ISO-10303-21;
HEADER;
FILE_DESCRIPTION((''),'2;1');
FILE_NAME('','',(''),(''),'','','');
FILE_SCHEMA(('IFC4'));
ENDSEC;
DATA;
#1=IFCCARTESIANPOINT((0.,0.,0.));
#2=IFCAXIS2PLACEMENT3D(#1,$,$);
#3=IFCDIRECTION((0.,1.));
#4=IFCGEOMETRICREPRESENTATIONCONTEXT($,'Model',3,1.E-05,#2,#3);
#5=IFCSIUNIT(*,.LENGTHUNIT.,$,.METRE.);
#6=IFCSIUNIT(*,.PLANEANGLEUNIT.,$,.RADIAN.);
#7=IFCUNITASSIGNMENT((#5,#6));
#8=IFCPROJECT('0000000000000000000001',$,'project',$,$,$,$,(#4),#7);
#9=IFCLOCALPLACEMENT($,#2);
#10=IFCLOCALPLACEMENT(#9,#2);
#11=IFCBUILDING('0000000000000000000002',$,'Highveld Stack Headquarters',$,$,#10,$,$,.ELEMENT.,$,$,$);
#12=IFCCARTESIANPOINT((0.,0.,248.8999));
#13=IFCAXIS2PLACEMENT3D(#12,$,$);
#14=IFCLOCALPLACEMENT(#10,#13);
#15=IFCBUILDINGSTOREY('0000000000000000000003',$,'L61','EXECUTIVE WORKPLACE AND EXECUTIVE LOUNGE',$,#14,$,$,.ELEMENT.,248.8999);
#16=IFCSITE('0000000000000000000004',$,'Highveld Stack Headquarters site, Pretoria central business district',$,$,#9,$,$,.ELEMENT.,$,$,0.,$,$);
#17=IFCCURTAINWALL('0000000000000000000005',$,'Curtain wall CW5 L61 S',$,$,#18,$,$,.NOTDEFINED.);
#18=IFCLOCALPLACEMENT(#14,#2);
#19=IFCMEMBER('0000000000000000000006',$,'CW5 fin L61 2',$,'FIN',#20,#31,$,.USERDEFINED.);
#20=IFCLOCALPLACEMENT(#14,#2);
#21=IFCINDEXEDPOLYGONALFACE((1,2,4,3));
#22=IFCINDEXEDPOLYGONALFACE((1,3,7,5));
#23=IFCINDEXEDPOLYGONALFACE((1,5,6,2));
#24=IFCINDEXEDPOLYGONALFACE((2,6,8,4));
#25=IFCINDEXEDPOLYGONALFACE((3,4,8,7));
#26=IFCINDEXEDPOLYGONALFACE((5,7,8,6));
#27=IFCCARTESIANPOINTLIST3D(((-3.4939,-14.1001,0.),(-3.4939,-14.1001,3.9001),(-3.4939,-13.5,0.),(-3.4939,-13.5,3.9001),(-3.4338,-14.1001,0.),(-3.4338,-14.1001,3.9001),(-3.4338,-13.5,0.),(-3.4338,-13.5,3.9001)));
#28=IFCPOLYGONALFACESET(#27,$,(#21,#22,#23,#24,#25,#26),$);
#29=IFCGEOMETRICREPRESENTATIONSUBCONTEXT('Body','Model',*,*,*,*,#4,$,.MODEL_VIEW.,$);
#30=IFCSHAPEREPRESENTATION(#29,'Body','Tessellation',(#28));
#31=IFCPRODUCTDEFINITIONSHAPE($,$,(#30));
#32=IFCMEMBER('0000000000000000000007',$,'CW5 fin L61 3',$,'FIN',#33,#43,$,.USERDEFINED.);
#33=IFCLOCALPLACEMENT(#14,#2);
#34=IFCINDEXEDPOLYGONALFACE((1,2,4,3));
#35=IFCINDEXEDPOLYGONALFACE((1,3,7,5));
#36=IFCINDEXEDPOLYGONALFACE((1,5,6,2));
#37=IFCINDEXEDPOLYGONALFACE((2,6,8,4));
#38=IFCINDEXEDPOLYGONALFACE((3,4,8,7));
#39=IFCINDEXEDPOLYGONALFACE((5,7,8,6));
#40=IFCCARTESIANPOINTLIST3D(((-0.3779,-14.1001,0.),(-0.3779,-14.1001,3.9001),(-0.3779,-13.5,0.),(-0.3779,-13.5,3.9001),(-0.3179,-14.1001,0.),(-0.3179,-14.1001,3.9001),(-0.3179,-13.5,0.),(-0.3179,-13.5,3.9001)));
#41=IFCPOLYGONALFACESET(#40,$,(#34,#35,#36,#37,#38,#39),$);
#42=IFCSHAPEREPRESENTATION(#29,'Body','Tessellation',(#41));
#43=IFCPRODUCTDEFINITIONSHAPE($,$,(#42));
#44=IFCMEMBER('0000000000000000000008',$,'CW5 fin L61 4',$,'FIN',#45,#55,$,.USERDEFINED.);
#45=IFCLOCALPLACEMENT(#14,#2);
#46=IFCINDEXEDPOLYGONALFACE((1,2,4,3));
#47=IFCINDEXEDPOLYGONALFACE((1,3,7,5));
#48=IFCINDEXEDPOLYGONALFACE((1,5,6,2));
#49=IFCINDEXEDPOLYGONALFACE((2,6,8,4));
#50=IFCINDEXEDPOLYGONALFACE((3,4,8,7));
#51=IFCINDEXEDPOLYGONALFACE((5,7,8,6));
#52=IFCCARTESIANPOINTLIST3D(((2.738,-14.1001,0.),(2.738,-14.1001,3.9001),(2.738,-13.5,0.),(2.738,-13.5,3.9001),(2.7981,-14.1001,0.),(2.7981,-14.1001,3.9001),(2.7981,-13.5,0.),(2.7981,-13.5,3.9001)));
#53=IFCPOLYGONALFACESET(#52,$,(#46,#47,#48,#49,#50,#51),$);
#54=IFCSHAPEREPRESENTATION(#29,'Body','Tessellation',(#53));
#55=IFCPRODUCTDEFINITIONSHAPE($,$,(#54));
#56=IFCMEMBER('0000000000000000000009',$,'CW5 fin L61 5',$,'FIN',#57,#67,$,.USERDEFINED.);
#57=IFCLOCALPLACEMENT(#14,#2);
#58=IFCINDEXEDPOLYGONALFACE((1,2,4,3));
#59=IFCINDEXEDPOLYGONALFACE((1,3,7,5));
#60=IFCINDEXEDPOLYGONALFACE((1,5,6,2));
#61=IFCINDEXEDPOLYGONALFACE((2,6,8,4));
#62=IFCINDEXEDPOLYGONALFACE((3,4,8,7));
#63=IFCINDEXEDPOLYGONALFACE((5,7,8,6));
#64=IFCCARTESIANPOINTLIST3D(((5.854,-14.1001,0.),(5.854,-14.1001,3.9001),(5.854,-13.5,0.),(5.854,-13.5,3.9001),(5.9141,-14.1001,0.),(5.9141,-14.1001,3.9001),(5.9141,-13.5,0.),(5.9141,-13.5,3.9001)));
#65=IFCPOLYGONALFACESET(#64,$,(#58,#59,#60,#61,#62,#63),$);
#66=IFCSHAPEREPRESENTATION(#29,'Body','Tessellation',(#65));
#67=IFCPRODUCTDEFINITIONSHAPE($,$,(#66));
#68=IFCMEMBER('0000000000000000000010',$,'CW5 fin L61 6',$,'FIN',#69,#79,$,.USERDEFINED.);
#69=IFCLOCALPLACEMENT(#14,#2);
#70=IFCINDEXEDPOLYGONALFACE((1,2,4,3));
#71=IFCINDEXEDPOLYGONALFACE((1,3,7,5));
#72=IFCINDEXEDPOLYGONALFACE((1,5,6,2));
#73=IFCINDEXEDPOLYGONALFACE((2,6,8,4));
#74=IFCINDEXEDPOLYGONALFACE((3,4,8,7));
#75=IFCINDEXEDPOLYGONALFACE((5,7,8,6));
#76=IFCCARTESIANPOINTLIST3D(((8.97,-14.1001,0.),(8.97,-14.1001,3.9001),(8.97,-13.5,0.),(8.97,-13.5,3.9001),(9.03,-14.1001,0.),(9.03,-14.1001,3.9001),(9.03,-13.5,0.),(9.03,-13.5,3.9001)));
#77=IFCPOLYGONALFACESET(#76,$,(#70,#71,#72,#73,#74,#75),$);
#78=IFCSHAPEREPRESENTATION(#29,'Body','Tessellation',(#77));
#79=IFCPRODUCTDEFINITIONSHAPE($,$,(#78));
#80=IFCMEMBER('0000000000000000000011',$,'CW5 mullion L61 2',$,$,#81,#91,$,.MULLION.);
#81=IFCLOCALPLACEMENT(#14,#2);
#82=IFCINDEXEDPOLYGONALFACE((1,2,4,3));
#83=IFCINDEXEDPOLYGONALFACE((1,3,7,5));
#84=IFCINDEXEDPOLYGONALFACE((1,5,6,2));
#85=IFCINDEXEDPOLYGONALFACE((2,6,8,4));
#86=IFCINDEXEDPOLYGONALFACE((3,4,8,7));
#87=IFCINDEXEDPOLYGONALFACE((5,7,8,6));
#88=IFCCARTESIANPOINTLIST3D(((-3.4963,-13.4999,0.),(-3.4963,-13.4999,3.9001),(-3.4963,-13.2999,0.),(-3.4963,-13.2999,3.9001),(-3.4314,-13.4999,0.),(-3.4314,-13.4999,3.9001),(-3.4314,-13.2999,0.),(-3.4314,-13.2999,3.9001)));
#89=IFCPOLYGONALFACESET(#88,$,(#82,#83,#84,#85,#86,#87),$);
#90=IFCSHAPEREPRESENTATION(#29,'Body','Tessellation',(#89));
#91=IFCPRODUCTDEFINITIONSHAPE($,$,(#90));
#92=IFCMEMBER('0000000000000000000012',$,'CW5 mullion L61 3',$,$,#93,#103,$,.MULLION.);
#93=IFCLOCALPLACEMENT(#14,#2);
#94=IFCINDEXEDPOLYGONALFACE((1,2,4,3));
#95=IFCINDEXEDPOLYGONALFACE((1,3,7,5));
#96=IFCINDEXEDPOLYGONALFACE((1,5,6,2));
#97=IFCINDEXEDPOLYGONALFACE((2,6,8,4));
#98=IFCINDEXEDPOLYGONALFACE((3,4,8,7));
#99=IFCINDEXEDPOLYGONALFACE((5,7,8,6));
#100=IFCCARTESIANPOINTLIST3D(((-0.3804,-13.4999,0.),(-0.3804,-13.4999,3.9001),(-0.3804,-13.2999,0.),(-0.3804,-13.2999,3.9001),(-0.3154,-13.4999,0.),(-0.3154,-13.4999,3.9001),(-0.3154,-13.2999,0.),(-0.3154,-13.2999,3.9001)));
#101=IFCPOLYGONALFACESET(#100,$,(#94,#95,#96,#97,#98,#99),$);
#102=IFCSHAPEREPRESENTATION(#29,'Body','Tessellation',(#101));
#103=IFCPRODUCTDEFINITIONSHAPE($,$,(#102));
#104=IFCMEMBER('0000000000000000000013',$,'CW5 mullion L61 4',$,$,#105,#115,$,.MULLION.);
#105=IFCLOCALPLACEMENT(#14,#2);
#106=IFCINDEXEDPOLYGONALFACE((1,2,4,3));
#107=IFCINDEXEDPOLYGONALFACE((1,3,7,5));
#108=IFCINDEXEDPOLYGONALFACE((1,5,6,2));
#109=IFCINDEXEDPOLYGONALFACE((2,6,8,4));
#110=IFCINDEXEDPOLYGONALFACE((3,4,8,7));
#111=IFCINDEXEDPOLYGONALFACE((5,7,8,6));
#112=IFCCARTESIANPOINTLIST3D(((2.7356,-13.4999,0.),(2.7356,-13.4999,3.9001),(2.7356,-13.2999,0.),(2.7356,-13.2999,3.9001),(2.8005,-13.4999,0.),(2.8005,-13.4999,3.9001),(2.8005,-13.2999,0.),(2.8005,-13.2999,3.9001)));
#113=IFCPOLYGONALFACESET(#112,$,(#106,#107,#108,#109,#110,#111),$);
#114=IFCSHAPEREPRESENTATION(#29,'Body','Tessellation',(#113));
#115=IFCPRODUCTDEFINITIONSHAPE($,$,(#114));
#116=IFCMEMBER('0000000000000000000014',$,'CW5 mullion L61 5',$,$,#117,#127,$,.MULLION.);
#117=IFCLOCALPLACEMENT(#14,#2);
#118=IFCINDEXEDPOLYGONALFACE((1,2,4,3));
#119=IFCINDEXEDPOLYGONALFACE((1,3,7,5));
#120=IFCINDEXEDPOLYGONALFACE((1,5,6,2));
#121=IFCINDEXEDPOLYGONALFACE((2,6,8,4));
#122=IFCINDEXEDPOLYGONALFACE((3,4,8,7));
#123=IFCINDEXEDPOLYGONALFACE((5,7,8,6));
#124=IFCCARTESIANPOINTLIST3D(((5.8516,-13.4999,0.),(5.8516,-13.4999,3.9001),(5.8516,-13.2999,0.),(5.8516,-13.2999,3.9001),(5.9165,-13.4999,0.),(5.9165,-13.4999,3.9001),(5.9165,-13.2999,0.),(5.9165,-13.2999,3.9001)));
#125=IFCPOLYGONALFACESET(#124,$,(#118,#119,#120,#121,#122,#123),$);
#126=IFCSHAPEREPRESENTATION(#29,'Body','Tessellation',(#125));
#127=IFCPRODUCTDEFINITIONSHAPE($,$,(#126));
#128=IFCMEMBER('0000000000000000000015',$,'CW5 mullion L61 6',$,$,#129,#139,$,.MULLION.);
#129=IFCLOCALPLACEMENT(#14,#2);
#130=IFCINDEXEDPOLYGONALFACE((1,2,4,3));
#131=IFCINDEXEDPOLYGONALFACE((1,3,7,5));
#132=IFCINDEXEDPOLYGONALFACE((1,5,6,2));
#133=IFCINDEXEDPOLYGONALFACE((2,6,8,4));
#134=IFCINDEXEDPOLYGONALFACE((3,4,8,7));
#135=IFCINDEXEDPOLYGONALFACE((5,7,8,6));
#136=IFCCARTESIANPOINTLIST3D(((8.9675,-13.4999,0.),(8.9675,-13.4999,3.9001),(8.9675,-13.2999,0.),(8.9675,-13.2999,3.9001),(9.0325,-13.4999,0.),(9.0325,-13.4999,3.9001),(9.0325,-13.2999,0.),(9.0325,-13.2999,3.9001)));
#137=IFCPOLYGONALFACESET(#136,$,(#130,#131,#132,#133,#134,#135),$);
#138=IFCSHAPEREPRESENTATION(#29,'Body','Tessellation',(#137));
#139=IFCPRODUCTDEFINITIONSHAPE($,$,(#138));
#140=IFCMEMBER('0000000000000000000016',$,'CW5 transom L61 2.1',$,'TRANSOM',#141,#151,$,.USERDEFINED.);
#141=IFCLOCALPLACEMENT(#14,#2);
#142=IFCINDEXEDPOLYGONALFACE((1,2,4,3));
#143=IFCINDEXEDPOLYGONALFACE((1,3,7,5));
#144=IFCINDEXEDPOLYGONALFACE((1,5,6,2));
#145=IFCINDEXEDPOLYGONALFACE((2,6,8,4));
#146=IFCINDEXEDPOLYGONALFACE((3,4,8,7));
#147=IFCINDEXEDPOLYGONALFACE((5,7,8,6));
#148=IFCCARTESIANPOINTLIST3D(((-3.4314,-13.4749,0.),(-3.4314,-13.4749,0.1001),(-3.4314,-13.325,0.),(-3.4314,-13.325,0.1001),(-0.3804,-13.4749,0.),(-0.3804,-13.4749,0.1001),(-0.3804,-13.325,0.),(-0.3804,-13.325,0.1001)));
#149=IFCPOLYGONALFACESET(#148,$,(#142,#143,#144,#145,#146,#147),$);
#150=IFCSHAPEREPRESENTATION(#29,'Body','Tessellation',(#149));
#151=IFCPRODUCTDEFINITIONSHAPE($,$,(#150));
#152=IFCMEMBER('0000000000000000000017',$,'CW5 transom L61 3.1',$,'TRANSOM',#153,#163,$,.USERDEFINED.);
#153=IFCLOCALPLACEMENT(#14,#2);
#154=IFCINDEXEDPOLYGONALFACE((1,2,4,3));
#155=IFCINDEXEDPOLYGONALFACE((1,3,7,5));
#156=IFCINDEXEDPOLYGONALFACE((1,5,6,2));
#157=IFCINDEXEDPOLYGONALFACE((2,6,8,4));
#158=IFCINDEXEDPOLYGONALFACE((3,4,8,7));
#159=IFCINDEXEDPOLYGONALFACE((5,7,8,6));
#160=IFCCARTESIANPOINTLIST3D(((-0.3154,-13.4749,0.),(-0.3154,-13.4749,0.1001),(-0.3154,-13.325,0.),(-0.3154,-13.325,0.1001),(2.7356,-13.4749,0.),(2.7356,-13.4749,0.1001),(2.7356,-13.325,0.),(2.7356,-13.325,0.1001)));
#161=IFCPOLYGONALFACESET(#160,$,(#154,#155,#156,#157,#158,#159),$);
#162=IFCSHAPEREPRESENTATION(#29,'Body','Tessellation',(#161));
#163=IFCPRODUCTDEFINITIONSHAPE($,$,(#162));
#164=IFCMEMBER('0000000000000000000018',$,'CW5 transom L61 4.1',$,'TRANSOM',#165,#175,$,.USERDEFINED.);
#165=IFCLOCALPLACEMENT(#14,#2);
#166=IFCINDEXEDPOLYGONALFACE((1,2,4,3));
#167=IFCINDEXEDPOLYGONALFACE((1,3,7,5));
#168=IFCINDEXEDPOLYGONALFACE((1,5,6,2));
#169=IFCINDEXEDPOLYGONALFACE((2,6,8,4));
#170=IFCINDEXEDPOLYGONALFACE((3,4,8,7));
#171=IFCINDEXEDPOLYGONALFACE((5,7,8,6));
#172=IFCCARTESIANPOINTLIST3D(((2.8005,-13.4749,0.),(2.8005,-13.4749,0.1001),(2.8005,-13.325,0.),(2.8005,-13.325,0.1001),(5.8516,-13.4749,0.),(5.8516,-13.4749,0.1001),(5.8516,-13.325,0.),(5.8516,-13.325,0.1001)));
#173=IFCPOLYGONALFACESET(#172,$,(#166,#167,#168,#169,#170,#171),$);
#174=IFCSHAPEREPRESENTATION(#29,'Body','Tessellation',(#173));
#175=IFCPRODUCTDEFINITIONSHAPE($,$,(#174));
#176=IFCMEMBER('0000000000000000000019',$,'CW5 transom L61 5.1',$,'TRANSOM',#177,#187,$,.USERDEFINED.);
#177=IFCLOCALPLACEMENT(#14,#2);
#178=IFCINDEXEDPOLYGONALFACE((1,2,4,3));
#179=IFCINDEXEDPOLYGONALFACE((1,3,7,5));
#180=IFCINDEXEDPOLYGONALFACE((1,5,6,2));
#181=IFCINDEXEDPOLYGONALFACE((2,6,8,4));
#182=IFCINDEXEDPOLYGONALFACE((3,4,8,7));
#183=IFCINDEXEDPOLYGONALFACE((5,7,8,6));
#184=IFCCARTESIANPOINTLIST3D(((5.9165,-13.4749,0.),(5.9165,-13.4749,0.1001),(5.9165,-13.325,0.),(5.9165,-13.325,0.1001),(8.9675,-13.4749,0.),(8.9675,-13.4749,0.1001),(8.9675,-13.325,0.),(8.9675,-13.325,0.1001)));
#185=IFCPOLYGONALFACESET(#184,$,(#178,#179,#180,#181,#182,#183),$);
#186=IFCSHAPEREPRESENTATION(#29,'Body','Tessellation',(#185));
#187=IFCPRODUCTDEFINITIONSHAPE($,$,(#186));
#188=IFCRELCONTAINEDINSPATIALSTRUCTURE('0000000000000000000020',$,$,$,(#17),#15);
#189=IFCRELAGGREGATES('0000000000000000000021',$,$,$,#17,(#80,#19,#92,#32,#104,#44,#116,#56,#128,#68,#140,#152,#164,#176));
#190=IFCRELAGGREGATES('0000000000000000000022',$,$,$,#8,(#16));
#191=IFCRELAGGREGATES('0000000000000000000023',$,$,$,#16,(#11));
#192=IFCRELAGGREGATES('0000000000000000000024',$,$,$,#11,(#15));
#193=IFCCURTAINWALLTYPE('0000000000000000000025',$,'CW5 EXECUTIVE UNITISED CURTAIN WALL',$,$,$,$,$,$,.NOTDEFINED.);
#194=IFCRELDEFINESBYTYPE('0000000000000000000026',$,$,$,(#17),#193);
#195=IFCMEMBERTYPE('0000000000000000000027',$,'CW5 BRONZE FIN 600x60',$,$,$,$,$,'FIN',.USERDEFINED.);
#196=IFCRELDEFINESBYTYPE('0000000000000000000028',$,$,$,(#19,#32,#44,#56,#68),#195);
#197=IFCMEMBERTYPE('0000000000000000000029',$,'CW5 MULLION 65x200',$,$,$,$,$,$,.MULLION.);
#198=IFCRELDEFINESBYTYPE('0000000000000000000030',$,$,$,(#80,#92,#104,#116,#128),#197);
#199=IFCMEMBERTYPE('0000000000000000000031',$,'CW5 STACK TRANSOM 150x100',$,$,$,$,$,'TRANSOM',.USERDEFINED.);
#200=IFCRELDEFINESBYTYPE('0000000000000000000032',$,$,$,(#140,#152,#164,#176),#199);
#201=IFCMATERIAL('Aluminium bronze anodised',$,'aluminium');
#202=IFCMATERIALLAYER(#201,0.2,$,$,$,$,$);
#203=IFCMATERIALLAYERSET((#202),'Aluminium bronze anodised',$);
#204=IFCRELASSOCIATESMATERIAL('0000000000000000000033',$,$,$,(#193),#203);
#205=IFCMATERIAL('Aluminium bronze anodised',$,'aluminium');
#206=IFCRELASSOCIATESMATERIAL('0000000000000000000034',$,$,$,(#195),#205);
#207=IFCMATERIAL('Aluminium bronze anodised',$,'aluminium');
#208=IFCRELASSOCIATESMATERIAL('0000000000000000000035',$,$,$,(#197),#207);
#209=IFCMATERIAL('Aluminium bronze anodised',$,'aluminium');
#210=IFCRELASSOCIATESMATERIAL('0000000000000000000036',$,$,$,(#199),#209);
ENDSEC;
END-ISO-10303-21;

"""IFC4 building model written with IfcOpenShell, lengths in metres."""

from ifc_helpers import new_model, si_unit, direction, frame, origin, origin_2d, place, context, subcontext, project, spatial, rectangle, extrude, material, layer, layer_set, material_profile, profile_set, type_object, element, aggregate, save


model = new_model("IFC4")

# Units and contexts
model_context = context("Model", 3, precision=1e-05, world=origin(), true_north=direction((0.0, 1.0)))
body_context = subcontext(model_context, "Body", "Model", "MODEL_VIEW")
ifc_project = project(units=[si_unit("LENGTHUNIT", "METRE"), si_unit("PLANEANGLEUNIT", "RADIAN")], contexts=[model_context])

# Site, building, storey
site_placement = place(None, origin())
site = spatial("IfcSite", under=ifc_project, at=site_placement, Name="Highveld Stack Headquarters site, Pretoria central business district", CompositionType="ELEMENT", RefElevation=0.0)
building_placement = place(site_placement, origin())
building = spatial("IfcBuilding", under=site, at=building_placement, Name="Highveld Stack Headquarters", CompositionType="ELEMENT")
storey_placement = place(building_placement, frame((0.0, 0.0, 248.8999)))
storey = spatial("IfcBuildingStorey", under=building, at=storey_placement, Name="L61", Description="EXECUTIVE WORKPLACE AND EXECUTIVE LOUNGE", CompositionType="ELEMENT", Elevation=248.8999)

# Curtain wall, members
ifc_material_1 = material(Name="Aluminium bronze anodised", Category="aluminium")
ifc_layer_1 = layer(ifc_material_1, 0.2)
ifc_layer_set_1 = layer_set([ifc_layer_1], Name="Aluminium bronze anodised")
curtain_wall_type = type_object("IfcCurtainWallType", Name="CW5 EXECUTIVE UNITISED CURTAIN WALL", PredefinedType="NOTDEFINED", material=ifc_layer_set_1)
curtain_wall_placement = place(storey_placement, origin())
curtain_wall = element("IfcCurtainWall", 1, at=curtain_wall_placement, inside=storey, type_object=curtain_wall_type, Name="Curtain wall CW5 L61 S", PredefinedType="NOTDEFINED")
ifc_material_2 = material(Name="Aluminium bronze anodised", Category="aluminium")
ifc_material_profile_1 = material_profile(ifc_material_2, rectangle(XDim=0.6001, YDim=0.0601, at=origin_2d()), Name="FIN 600x60")
ifc_profile_set_1 = profile_set([ifc_material_profile_1], Name="Aluminium bronze anodised")
member_type_1 = type_object("IfcMemberType", Name="CW5 BRONZE FIN 600x60", ElementType="FIN", PredefinedType="USERDEFINED", material=ifc_profile_set_1)
member_1_placement = place(storey_placement, frame((-3.4639, -13.8, 0.0), z_axis=(0.0, 0.0, 1.0), x_axis=(0.0, 1.0, 0.0)))
member_1 = element("IfcMember", 2, at=member_1_placement, type_object=member_type_1, Name="CW5 fin L61 2", ObjectType="FIN", PredefinedType="USERDEFINED", context=body_context, shape_type="SweptSolid", body=[
    extrude(rectangle(XDim=0.6001, YDim=0.0601, at=origin_2d()), origin(), (0.0, 0.0, 1.0), 3.9001),
])
member_2_placement = place(storey_placement, frame((-0.3479, -13.8, 0.0), z_axis=(0.0, 0.0, 1.0), x_axis=(0.0, 1.0, 0.0)))
member_2 = element("IfcMember", 3, at=member_2_placement, type_object=member_type_1, Name="CW5 fin L61 3", ObjectType="FIN", PredefinedType="USERDEFINED", context=body_context, shape_type="SweptSolid", body=[
    extrude(rectangle(XDim=0.6001, YDim=0.0601, at=origin_2d()), origin(), (0.0, 0.0, 1.0), 3.9001),
])
member_3_placement = place(storey_placement, frame((2.7681, -13.8, 0.0), z_axis=(0.0, 0.0, 1.0), x_axis=(0.0, 1.0, 0.0)))
member_3 = element("IfcMember", 4, at=member_3_placement, type_object=member_type_1, Name="CW5 fin L61 4", ObjectType="FIN", PredefinedType="USERDEFINED", context=body_context, shape_type="SweptSolid", body=[
    extrude(rectangle(XDim=0.6001, YDim=0.0601, at=origin_2d()), origin(), (0.0, 0.0, 1.0), 3.9001),
])
member_4_placement = place(storey_placement, frame((5.884, -13.8, 0.0), z_axis=(0.0, 0.0, 1.0), x_axis=(0.0, 1.0, 0.0)))
member_4 = element("IfcMember", 5, at=member_4_placement, type_object=member_type_1, Name="CW5 fin L61 5", ObjectType="FIN", PredefinedType="USERDEFINED", context=body_context, shape_type="SweptSolid", body=[
    extrude(rectangle(XDim=0.6001, YDim=0.0601, at=origin_2d()), origin(), (0.0, 0.0, 1.0), 3.9001),
])
member_5_placement = place(storey_placement, frame((9.0, -13.8, 0.0), z_axis=(0.0, 0.0, 1.0), x_axis=(0.0, 1.0, 0.0)))
member_5 = element("IfcMember", 6, at=member_5_placement, type_object=member_type_1, Name="CW5 fin L61 6", ObjectType="FIN", PredefinedType="USERDEFINED", context=body_context, shape_type="SweptSolid", body=[
    extrude(rectangle(XDim=0.6001, YDim=0.0601, at=origin_2d()), origin(), (0.0, 0.0, 1.0), 3.9001),
])
ifc_material_3 = material(Name="Aluminium bronze anodised", Category="aluminium")
ifc_material_profile_2 = material_profile(ifc_material_3, rectangle(XDim=0.2, YDim=0.0649, at=origin_2d()), Name="CW5 MULLION 65x200")
ifc_profile_set_2 = profile_set([ifc_material_profile_2], Name="Aluminium bronze anodised")
member_type_2 = type_object("IfcMemberType", Name="CW5 MULLION 65x200", PredefinedType="MULLION", material=ifc_profile_set_2)
member_6_placement = place(storey_placement, frame((-3.4639, -13.3999, 0.0), z_axis=(0.0, 0.0, 1.0), x_axis=(0.0, 1.0, 0.0)))
member_6 = element("IfcMember", 7, at=member_6_placement, type_object=member_type_2, Name="CW5 mullion L61 2", PredefinedType="MULLION", context=body_context, shape_type="SweptSolid", body=[
    extrude(rectangle(XDim=0.2, YDim=0.0649, at=origin_2d()), origin(), (0.0, 0.0, 1.0), 3.9001),
])
member_7_placement = place(storey_placement, frame((-0.3479, -13.3999, 0.0), z_axis=(0.0, 0.0, 1.0), x_axis=(0.0, 1.0, 0.0)))
member_7 = element("IfcMember", 8, at=member_7_placement, type_object=member_type_2, Name="CW5 mullion L61 3", PredefinedType="MULLION", context=body_context, shape_type="SweptSolid", body=[
    extrude(rectangle(XDim=0.2, YDim=0.0649, at=origin_2d()), origin(), (0.0, 0.0, 1.0), 3.9001),
])
member_8_placement = place(storey_placement, frame((2.7681, -13.3999, 0.0), z_axis=(0.0, 0.0, 1.0), x_axis=(0.0, 1.0, 0.0)))
member_8 = element("IfcMember", 9, at=member_8_placement, type_object=member_type_2, Name="CW5 mullion L61 4", PredefinedType="MULLION", context=body_context, shape_type="SweptSolid", body=[
    extrude(rectangle(XDim=0.2, YDim=0.0649, at=origin_2d()), origin(), (0.0, 0.0, 1.0), 3.9001),
])
member_9_placement = place(storey_placement, frame((5.884, -13.3999, 0.0), z_axis=(0.0, 0.0, 1.0), x_axis=(0.0, 1.0, 0.0)))
member_9 = element("IfcMember", 10, at=member_9_placement, type_object=member_type_2, Name="CW5 mullion L61 5", PredefinedType="MULLION", context=body_context, shape_type="SweptSolid", body=[
    extrude(rectangle(XDim=0.2, YDim=0.0649, at=origin_2d()), origin(), (0.0, 0.0, 1.0), 3.9001),
])
member_10_placement = place(storey_placement, frame((9.0, -13.3999, 0.0), z_axis=(0.0, 0.0, 1.0), x_axis=(0.0, 1.0, 0.0)))
member_10 = element("IfcMember", 11, at=member_10_placement, type_object=member_type_2, Name="CW5 mullion L61 6", PredefinedType="MULLION", context=body_context, shape_type="SweptSolid", body=[
    extrude(rectangle(XDim=0.2, YDim=0.0649, at=origin_2d()), origin(), (0.0, 0.0, 1.0), 3.9001),
])
ifc_material_4 = material(Name="Aluminium bronze anodised", Category="aluminium")
ifc_material_profile_3 = material_profile(ifc_material_4, rectangle(XDim=0.1499, YDim=0.1001, at=origin_2d()), Name="CW5 TRANSOM 150x100")
ifc_profile_set_3 = profile_set([ifc_material_profile_3], Name="Aluminium bronze anodised")
member_type_3 = type_object("IfcMemberType", Name="CW5 STACK TRANSOM 150x100", ElementType="TRANSOM", PredefinedType="USERDEFINED", material=ifc_profile_set_3)
member_11_placement = place(storey_placement, frame((-3.4314, -13.3999, 0.05), z_axis=(1.0, 0.0, 0.0), x_axis=(0.0, 1.0, 0.0)))
member_11 = element("IfcMember", 12, at=member_11_placement, type_object=member_type_3, Name="CW5 transom L61 2.1", ObjectType="TRANSOM", PredefinedType="USERDEFINED", context=body_context, shape_type="SweptSolid", body=[
    extrude(rectangle(XDim=0.1499, YDim=0.1001, at=origin_2d()), origin(), (0.0, 0.0, 1.0), 3.051),
])
member_12_placement = place(storey_placement, frame((-0.3154, -13.3999, 0.05), z_axis=(1.0, 0.0, 0.0), x_axis=(0.0, 1.0, 0.0)))
member_12 = element("IfcMember", 13, at=member_12_placement, type_object=member_type_3, Name="CW5 transom L61 3.1", ObjectType="TRANSOM", PredefinedType="USERDEFINED", context=body_context, shape_type="SweptSolid", body=[
    extrude(rectangle(XDim=0.1499, YDim=0.1001, at=origin_2d()), origin(), (0.0, 0.0, 1.0), 3.051),
])
member_13_placement = place(storey_placement, frame((2.8005, -13.3999, 0.05), z_axis=(1.0, 0.0, 0.0), x_axis=(0.0, 1.0, 0.0)))
member_13 = element("IfcMember", 14, at=member_13_placement, type_object=member_type_3, Name="CW5 transom L61 4.1", ObjectType="TRANSOM", PredefinedType="USERDEFINED", context=body_context, shape_type="SweptSolid", body=[
    extrude(rectangle(XDim=0.1499, YDim=0.1001, at=origin_2d()), origin(), (0.0, 0.0, 1.0), 3.051),
])
member_14_placement = place(storey_placement, frame((5.9165, -13.3999, 0.05), z_axis=(1.0, 0.0, 0.0), x_axis=(0.0, 1.0, 0.0)))
member_14 = element("IfcMember", 15, at=member_14_placement, type_object=member_type_3, Name="CW5 transom L61 5.1", ObjectType="TRANSOM", PredefinedType="USERDEFINED", context=body_context, shape_type="SweptSolid", body=[
    extrude(rectangle(XDim=0.1499, YDim=0.1001, at=origin_2d()), origin(), (0.0, 0.0, 1.0), 3.051),
])
aggregate(curtain_wall, [member_6, member_1, member_7, member_2, member_8, member_3, member_9, member_4, member_10, member_5, member_11, member_12, member_13, member_14])

save(model, "model.ifc")
